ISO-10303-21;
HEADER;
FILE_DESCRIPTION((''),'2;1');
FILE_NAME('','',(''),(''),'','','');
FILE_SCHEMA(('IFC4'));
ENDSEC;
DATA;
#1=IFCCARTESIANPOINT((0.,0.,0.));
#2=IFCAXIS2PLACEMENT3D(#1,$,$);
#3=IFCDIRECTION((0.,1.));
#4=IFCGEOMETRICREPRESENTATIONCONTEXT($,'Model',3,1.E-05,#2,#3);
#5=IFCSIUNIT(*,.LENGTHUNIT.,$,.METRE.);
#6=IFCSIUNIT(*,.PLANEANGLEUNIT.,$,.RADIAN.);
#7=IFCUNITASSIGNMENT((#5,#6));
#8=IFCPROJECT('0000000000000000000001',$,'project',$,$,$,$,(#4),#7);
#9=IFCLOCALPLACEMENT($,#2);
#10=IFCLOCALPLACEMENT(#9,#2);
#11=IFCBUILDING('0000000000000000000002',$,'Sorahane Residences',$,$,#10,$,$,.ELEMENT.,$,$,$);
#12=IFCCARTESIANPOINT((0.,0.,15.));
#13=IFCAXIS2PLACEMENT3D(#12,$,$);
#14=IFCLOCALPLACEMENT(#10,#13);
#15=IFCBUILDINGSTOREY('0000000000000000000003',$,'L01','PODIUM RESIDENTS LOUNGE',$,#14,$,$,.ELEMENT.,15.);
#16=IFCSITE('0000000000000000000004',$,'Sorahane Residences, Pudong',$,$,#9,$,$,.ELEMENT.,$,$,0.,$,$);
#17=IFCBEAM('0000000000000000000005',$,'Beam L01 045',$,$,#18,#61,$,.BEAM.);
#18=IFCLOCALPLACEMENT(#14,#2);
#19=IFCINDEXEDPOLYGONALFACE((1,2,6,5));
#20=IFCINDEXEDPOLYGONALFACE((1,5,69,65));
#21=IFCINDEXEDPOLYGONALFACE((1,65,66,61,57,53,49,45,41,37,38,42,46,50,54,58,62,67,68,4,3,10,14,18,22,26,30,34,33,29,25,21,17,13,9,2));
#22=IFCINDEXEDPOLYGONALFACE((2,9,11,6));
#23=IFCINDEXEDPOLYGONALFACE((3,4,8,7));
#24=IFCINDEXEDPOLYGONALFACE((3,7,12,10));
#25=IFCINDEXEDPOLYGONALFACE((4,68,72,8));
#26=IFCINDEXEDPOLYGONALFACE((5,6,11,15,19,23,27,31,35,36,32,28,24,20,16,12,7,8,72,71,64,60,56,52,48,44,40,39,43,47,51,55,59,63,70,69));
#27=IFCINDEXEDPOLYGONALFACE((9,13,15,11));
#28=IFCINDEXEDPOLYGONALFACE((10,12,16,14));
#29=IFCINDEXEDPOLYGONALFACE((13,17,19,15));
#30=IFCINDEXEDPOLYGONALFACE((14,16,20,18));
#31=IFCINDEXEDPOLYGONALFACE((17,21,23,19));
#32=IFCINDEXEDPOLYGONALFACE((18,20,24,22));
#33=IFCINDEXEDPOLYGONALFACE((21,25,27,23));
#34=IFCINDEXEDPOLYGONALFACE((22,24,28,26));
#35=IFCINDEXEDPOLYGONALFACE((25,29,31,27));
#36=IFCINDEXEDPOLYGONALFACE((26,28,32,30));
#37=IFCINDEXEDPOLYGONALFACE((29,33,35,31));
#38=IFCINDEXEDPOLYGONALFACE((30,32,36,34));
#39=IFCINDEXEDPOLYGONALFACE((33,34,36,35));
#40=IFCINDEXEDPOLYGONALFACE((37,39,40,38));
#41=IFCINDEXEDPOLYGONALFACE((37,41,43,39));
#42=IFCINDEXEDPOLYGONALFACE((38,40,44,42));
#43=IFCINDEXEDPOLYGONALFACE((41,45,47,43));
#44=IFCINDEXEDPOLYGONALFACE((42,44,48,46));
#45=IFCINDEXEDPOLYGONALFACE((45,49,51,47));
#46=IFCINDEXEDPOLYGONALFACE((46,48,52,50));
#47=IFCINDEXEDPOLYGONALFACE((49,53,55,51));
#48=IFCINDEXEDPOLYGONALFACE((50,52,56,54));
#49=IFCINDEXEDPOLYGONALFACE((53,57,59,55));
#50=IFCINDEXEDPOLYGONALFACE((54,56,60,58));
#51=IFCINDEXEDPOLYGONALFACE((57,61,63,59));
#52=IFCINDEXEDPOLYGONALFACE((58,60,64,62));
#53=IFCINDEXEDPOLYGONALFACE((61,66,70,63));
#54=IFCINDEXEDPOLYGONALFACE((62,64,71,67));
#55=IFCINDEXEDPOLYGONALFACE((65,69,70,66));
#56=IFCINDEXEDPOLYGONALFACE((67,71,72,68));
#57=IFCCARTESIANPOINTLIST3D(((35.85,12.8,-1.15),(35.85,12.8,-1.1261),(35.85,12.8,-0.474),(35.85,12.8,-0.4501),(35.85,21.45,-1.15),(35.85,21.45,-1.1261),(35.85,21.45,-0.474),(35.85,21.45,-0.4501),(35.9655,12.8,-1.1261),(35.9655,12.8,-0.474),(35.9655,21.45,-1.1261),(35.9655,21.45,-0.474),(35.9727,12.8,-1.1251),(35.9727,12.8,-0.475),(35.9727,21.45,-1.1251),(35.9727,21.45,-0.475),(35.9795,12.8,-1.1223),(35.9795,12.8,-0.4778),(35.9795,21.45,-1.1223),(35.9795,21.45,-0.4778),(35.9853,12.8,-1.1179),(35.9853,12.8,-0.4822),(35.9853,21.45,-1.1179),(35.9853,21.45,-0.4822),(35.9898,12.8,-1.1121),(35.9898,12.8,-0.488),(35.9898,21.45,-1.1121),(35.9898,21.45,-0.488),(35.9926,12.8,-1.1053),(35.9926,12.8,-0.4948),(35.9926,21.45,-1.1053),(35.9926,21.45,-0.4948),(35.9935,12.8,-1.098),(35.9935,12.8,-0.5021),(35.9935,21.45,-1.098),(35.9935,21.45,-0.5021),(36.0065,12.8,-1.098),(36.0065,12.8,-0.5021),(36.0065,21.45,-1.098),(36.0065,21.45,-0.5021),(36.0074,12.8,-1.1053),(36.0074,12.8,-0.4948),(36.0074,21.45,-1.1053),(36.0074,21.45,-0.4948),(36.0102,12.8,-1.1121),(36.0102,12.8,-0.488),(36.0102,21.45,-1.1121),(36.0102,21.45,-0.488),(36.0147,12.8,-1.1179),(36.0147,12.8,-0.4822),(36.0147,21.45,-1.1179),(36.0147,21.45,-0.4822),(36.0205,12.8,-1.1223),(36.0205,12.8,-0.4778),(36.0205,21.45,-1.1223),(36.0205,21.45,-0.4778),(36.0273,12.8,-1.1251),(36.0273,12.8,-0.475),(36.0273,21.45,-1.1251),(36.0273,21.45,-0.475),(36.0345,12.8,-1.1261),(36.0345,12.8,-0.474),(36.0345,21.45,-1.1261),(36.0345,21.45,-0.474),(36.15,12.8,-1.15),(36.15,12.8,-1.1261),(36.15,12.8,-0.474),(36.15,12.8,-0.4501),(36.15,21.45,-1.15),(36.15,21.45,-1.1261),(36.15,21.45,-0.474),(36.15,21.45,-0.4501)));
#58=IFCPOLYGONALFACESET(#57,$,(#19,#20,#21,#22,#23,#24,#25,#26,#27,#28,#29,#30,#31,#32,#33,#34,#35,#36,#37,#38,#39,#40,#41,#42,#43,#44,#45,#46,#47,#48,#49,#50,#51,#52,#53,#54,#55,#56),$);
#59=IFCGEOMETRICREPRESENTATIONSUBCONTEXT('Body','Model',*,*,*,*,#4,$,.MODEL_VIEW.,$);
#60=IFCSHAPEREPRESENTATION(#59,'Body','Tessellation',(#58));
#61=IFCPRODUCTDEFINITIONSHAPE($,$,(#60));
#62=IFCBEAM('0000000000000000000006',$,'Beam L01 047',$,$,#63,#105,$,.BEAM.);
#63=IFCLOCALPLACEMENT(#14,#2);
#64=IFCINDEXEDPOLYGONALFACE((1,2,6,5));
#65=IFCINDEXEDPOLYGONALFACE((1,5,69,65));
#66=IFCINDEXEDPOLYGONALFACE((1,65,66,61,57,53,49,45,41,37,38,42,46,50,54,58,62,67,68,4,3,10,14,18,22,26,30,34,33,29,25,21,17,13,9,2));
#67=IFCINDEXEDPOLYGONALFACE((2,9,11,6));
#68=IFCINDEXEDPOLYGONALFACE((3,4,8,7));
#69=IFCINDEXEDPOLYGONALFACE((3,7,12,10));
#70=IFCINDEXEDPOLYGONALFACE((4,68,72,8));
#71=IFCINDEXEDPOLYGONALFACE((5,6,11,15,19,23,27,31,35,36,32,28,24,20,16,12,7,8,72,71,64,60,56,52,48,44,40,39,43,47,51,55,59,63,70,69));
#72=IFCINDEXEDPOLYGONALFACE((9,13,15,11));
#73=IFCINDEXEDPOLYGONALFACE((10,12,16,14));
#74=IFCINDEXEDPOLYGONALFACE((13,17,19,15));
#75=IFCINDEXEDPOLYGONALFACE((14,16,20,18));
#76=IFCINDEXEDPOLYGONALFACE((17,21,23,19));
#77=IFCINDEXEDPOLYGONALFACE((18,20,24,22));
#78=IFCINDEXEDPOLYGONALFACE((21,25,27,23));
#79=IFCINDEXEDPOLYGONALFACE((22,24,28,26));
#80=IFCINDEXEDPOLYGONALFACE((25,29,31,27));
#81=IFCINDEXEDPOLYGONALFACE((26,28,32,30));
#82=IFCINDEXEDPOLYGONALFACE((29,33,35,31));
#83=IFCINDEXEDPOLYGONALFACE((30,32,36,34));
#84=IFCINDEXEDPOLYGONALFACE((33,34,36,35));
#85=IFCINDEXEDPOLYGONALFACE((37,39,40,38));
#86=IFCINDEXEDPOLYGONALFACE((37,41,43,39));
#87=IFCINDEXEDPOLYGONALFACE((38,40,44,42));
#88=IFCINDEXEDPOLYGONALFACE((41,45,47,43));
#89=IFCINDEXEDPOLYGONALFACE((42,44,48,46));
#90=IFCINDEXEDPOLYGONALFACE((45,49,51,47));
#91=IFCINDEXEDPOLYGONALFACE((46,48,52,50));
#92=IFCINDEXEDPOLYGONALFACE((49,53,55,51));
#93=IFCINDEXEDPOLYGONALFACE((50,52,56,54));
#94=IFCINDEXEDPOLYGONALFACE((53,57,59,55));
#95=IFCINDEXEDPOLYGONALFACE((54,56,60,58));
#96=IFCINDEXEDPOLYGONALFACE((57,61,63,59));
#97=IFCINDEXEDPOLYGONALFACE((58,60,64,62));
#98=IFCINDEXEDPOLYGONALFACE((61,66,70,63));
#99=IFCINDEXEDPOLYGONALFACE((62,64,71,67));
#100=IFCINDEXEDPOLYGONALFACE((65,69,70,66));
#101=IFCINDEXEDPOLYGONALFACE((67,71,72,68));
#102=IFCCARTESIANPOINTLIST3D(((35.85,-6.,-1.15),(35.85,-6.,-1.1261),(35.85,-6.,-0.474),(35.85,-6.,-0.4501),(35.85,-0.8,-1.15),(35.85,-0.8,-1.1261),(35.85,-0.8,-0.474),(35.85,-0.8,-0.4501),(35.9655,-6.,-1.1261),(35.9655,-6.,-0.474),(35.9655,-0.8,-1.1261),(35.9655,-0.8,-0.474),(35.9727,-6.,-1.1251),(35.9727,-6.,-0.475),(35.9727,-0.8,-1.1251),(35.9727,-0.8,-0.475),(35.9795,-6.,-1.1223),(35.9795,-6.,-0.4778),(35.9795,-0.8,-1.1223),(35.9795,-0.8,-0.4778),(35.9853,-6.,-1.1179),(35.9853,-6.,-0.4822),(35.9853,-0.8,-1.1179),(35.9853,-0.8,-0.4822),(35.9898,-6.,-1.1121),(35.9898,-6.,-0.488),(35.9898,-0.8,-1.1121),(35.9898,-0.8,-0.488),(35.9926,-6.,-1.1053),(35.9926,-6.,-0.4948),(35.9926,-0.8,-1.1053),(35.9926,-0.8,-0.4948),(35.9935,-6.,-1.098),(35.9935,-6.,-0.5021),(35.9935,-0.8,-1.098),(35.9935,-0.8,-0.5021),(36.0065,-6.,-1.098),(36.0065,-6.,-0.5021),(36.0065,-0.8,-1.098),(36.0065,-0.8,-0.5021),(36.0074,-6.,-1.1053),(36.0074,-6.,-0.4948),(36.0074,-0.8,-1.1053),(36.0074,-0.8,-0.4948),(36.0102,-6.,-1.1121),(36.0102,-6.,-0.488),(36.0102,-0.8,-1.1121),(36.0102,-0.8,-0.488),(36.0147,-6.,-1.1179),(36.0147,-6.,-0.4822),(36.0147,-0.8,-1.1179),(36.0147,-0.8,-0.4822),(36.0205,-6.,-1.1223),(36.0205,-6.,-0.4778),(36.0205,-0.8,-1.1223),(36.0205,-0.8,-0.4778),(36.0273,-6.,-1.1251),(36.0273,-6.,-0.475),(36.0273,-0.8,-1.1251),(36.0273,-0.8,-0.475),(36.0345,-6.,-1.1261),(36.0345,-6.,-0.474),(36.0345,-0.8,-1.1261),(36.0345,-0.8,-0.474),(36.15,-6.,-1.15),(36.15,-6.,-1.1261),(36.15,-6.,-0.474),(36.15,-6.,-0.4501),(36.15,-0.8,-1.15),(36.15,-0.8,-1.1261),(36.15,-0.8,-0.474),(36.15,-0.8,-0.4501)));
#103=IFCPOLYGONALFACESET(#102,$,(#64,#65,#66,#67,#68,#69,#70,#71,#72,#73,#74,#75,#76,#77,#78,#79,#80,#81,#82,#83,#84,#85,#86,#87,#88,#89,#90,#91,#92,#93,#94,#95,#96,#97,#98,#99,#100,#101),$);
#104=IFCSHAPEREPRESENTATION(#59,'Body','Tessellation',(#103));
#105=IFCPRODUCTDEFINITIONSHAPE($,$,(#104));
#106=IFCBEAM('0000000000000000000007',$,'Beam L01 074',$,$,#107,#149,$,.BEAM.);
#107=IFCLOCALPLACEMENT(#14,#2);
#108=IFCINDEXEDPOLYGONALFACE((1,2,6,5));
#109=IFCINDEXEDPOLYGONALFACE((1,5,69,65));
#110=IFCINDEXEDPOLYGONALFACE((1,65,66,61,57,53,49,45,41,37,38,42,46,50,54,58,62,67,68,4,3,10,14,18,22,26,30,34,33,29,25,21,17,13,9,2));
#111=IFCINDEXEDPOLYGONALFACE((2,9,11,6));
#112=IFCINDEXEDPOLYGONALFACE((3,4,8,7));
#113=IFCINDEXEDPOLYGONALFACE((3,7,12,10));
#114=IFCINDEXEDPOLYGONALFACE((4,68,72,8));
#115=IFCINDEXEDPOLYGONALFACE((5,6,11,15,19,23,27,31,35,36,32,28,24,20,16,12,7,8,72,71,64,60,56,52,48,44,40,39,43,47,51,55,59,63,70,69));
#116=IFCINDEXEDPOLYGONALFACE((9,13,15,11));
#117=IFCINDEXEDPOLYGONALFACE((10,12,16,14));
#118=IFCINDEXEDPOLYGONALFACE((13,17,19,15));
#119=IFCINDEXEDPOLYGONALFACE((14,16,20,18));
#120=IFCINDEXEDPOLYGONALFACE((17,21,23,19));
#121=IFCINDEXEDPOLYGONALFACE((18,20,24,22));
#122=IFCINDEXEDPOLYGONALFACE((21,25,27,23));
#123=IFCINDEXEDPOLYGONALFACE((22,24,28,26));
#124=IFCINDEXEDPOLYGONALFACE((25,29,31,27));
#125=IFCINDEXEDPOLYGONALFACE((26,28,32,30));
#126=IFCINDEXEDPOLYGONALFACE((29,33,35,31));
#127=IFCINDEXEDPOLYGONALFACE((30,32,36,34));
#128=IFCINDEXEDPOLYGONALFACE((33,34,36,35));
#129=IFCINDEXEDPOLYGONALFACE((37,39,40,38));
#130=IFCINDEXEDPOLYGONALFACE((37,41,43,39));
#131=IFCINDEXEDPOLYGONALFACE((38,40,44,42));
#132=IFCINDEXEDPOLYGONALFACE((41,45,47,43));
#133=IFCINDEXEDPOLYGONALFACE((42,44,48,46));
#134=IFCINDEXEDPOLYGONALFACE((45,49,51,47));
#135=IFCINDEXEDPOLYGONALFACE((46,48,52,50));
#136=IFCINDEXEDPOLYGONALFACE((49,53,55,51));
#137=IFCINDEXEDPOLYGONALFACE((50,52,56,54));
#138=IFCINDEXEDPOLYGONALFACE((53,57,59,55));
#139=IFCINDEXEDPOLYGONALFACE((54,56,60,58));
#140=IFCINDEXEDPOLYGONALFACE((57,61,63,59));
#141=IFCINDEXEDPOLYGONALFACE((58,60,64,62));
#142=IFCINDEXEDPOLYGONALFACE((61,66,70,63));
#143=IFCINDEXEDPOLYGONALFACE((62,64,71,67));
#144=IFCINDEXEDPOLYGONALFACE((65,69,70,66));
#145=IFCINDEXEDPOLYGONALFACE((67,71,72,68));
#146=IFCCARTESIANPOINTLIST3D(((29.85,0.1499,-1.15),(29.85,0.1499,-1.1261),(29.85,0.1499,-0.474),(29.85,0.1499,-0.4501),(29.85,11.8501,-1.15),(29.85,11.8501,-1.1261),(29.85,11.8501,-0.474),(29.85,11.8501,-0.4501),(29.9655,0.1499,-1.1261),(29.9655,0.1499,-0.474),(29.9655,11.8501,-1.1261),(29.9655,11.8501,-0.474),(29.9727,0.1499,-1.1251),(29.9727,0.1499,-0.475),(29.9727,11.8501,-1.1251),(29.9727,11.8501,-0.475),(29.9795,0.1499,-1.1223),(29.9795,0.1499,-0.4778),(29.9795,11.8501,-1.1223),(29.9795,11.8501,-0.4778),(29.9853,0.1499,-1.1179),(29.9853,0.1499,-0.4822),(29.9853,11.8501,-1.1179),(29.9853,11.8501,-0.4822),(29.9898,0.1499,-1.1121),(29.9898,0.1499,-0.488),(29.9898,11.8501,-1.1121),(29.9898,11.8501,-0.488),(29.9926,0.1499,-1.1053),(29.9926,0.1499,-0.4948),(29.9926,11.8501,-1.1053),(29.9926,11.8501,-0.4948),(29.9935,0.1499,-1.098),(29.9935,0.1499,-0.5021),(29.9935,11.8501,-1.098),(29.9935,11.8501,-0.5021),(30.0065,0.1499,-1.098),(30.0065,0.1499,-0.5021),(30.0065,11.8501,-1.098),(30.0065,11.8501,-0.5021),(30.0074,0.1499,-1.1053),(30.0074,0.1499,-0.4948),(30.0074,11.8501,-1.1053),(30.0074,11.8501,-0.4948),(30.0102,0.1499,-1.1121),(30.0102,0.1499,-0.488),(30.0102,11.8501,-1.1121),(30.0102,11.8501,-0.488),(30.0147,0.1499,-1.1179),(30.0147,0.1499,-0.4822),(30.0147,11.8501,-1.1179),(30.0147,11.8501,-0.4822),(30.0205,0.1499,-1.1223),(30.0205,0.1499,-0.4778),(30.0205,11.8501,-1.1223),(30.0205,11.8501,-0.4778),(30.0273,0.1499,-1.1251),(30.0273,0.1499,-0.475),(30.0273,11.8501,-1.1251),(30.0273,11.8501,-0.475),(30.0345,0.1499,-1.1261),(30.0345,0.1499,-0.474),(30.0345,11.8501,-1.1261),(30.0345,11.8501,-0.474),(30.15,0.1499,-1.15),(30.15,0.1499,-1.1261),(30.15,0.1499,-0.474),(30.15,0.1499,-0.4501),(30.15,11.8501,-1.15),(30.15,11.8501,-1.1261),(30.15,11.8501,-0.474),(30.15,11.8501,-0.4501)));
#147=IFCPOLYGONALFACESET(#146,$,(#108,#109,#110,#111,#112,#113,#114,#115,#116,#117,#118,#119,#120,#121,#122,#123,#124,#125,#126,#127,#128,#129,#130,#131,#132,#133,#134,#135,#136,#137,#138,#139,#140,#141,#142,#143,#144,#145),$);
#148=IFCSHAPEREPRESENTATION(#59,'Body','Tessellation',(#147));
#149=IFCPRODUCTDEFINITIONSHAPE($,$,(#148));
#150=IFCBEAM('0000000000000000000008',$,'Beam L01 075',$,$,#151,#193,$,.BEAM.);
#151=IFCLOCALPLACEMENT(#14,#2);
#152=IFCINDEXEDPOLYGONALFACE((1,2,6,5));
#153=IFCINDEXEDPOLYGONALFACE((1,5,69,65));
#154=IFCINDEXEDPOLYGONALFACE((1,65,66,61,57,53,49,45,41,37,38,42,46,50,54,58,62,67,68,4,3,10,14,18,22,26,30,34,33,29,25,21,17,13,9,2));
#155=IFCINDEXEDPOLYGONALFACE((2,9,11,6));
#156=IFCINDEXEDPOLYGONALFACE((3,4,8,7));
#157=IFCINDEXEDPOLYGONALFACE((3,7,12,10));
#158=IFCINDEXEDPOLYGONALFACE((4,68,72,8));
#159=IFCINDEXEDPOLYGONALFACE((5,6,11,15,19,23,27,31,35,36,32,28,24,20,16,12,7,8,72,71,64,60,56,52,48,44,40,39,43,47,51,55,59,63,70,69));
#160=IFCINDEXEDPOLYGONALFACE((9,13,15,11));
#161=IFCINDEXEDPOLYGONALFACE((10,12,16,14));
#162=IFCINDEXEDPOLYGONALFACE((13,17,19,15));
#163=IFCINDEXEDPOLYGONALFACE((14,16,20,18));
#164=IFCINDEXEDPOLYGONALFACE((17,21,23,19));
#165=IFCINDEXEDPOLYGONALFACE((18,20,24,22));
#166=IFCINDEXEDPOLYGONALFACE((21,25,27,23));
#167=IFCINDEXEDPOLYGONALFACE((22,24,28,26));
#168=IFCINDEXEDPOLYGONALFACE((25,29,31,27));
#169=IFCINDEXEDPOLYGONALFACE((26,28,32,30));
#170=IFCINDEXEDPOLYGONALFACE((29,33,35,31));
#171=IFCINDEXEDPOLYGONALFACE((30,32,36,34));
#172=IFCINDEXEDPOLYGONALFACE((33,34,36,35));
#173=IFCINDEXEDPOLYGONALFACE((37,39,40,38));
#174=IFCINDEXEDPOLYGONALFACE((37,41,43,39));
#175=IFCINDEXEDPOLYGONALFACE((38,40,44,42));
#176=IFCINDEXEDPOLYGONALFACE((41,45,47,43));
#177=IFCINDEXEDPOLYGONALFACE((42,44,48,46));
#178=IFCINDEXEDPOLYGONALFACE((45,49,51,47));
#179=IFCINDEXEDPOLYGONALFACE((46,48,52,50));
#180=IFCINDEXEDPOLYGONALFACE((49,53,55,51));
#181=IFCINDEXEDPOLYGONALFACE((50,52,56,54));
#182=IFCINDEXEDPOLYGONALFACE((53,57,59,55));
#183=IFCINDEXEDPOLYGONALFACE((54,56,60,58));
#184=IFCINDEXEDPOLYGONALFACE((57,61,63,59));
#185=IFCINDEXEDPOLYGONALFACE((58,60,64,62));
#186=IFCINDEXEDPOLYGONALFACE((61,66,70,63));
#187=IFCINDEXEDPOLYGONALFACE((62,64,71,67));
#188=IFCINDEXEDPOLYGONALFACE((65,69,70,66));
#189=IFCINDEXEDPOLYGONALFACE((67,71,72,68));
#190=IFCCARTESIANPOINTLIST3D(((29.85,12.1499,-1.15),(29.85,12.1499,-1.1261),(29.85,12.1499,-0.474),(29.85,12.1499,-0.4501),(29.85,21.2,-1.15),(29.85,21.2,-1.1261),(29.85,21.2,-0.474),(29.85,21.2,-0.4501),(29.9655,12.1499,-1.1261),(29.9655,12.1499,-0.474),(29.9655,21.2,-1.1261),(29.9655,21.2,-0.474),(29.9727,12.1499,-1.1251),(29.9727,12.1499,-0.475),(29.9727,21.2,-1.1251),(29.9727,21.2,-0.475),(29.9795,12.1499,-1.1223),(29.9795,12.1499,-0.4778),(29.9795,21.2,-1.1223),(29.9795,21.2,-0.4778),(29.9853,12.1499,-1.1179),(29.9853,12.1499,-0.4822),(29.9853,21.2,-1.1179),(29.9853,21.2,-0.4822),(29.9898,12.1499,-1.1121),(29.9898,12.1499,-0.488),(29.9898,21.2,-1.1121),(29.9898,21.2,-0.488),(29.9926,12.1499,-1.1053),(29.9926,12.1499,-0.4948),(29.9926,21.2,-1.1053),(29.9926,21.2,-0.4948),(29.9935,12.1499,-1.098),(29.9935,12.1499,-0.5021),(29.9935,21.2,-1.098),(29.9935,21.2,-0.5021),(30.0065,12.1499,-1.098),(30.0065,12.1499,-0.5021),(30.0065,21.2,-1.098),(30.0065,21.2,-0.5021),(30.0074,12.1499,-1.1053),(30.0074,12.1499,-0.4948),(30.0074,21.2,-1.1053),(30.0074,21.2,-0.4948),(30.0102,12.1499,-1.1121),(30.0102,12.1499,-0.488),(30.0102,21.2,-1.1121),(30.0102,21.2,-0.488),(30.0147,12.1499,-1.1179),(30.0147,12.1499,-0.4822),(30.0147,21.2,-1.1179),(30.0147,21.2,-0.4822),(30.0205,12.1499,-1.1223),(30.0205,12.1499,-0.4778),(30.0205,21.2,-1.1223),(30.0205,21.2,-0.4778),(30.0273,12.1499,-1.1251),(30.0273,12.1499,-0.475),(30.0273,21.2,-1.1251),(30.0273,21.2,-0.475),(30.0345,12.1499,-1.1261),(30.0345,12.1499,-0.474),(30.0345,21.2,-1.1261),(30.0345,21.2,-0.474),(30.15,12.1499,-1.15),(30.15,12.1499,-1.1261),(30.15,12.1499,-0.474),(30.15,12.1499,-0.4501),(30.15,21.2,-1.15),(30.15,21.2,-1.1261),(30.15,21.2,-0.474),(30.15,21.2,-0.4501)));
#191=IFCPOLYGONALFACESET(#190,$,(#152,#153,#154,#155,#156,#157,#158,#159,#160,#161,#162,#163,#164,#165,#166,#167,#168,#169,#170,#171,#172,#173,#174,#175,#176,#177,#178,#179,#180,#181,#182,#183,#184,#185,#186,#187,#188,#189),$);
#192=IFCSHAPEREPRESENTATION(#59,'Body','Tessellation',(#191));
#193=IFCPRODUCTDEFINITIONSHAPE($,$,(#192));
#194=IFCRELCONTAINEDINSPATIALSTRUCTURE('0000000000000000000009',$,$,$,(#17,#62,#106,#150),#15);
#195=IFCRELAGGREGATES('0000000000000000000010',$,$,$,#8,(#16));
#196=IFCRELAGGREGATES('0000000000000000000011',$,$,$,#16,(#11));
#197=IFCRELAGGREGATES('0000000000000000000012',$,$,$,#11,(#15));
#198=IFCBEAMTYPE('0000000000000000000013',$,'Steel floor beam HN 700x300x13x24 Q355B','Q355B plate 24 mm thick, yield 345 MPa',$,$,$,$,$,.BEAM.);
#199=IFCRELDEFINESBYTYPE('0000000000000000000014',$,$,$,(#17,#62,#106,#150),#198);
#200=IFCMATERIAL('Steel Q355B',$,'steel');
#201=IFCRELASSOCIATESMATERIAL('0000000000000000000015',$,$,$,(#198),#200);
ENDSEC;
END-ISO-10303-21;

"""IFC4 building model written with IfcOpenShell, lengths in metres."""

from ifc_helpers import new_model, si_unit, direction, frame, origin, origin_2d, place, context, subcontext, project, spatial, i_section, extrude, material, material_profile, profile_set, type_object, element, save


model = new_model("IFC4")

# Units and contexts
model_context = context("Model", 3, precision=1e-05, world=origin(), true_north=direction((0.0, 1.0)))
body_context = subcontext(model_context, "Body", "Model", "MODEL_VIEW")
ifc_project = project(units=[si_unit("LENGTHUNIT", "METRE"), si_unit("PLANEANGLEUNIT", "RADIAN")], contexts=[model_context])

# Site, building, storey
site_placement = place(None, origin())
site = spatial("IfcSite", under=ifc_project, at=site_placement, Name="Sorahane Residences, Pudong", CompositionType="ELEMENT", RefElevation=0.0)
building_placement = place(site_placement, origin())
building = spatial("IfcBuilding", under=site, at=building_placement, Name="Sorahane Residences", CompositionType="ELEMENT")
storey_placement = place(building_placement, frame((0.0, 0.0, 15.0)))
storey = spatial("IfcBuildingStorey", under=building, at=storey_placement, Name="L01", Description="PODIUM RESIDENTS LOUNGE", CompositionType="ELEMENT", Elevation=15.0)

# Beams
ifc_material_1 = material(Name="Steel Q355B", Category="steel")
ifc_material_profile_1 = material_profile(ifc_material_1, i_section(OverallWidth=0.3, OverallDepth=0.7, WebThickness=0.0129, FlangeThickness=0.0239, FilletRadius=0.0281, at=origin_2d()), Name="HN 700x300x13x24")
ifc_profile_set_1 = profile_set([ifc_material_profile_1], Name="Steel Q355B")
beam_type = type_object("IfcBeamType", Name="Steel floor beam HN 700x300x13x24 Q355B", Description="Q355B plate 24 mm thick, yield 345 MPa", PredefinedType="BEAM", material=ifc_profile_set_1)
beam_1_placement = place(storey_placement, frame((36.0, 12.8, -0.8), z_axis=(0.0, 1.0, 0.0), x_axis=(-1.0, 0.0, 0.0)))
element("IfcBeam", 1, at=beam_1_placement, inside=storey, type_object=beam_type, Name="Beam L01 045", PredefinedType="BEAM", context=body_context, shape_type="SweptSolid", body=[
    extrude(i_section(OverallWidth=0.3, OverallDepth=0.7, WebThickness=0.0129, FlangeThickness=0.0239, FilletRadius=0.0281, at=origin_2d()), origin(), (0.0, 0.0, 1.0), 8.6499),
])
beam_2_placement = place(storey_placement, frame((36.0, -6.0, -0.8), z_axis=(0.0, 1.0, 0.0), x_axis=(-1.0, 0.0, 0.0)))
element("IfcBeam", 2, at=beam_2_placement, inside=storey, type_object=beam_type, Name="Beam L01 047", PredefinedType="BEAM", context=body_context, shape_type="SweptSolid", body=[
    extrude(i_section(OverallWidth=0.3, OverallDepth=0.7, WebThickness=0.0129, FlangeThickness=0.0239, FilletRadius=0.0281, at=origin_2d()), origin(), (0.0, 0.0, 1.0), 5.2),
])
beam_3_placement = place(storey_placement, frame((30.0, 0.1499, -0.8), z_axis=(0.0, 1.0, 0.0), x_axis=(-1.0, 0.0, 0.0)))
element("IfcBeam", 3, at=beam_3_placement, inside=storey, type_object=beam_type, Name="Beam L01 074", PredefinedType="BEAM", context=body_context, shape_type="SweptSolid", body=[
    extrude(i_section(OverallWidth=0.3, OverallDepth=0.7, WebThickness=0.0129, FlangeThickness=0.0239, FilletRadius=0.0281, at=origin_2d()), origin(), (0.0, 0.0, 1.0), 11.7002),
])
beam_4_placement = place(storey_placement, frame((30.0, 12.1499, -0.8), z_axis=(0.0, 1.0, 0.0), x_axis=(-1.0, 0.0, 0.0)))
element("IfcBeam", 4, at=beam_4_placement, inside=storey, type_object=beam_type, Name="Beam L01 075", PredefinedType="BEAM", context=body_context, shape_type="SweptSolid", body=[
    extrude(i_section(OverallWidth=0.3, OverallDepth=0.7, WebThickness=0.0129, FlangeThickness=0.0239, FilletRadius=0.0281, at=origin_2d()), origin(), (0.0, 0.0, 1.0), 9.05),
])

save(model, "model.ifc")
